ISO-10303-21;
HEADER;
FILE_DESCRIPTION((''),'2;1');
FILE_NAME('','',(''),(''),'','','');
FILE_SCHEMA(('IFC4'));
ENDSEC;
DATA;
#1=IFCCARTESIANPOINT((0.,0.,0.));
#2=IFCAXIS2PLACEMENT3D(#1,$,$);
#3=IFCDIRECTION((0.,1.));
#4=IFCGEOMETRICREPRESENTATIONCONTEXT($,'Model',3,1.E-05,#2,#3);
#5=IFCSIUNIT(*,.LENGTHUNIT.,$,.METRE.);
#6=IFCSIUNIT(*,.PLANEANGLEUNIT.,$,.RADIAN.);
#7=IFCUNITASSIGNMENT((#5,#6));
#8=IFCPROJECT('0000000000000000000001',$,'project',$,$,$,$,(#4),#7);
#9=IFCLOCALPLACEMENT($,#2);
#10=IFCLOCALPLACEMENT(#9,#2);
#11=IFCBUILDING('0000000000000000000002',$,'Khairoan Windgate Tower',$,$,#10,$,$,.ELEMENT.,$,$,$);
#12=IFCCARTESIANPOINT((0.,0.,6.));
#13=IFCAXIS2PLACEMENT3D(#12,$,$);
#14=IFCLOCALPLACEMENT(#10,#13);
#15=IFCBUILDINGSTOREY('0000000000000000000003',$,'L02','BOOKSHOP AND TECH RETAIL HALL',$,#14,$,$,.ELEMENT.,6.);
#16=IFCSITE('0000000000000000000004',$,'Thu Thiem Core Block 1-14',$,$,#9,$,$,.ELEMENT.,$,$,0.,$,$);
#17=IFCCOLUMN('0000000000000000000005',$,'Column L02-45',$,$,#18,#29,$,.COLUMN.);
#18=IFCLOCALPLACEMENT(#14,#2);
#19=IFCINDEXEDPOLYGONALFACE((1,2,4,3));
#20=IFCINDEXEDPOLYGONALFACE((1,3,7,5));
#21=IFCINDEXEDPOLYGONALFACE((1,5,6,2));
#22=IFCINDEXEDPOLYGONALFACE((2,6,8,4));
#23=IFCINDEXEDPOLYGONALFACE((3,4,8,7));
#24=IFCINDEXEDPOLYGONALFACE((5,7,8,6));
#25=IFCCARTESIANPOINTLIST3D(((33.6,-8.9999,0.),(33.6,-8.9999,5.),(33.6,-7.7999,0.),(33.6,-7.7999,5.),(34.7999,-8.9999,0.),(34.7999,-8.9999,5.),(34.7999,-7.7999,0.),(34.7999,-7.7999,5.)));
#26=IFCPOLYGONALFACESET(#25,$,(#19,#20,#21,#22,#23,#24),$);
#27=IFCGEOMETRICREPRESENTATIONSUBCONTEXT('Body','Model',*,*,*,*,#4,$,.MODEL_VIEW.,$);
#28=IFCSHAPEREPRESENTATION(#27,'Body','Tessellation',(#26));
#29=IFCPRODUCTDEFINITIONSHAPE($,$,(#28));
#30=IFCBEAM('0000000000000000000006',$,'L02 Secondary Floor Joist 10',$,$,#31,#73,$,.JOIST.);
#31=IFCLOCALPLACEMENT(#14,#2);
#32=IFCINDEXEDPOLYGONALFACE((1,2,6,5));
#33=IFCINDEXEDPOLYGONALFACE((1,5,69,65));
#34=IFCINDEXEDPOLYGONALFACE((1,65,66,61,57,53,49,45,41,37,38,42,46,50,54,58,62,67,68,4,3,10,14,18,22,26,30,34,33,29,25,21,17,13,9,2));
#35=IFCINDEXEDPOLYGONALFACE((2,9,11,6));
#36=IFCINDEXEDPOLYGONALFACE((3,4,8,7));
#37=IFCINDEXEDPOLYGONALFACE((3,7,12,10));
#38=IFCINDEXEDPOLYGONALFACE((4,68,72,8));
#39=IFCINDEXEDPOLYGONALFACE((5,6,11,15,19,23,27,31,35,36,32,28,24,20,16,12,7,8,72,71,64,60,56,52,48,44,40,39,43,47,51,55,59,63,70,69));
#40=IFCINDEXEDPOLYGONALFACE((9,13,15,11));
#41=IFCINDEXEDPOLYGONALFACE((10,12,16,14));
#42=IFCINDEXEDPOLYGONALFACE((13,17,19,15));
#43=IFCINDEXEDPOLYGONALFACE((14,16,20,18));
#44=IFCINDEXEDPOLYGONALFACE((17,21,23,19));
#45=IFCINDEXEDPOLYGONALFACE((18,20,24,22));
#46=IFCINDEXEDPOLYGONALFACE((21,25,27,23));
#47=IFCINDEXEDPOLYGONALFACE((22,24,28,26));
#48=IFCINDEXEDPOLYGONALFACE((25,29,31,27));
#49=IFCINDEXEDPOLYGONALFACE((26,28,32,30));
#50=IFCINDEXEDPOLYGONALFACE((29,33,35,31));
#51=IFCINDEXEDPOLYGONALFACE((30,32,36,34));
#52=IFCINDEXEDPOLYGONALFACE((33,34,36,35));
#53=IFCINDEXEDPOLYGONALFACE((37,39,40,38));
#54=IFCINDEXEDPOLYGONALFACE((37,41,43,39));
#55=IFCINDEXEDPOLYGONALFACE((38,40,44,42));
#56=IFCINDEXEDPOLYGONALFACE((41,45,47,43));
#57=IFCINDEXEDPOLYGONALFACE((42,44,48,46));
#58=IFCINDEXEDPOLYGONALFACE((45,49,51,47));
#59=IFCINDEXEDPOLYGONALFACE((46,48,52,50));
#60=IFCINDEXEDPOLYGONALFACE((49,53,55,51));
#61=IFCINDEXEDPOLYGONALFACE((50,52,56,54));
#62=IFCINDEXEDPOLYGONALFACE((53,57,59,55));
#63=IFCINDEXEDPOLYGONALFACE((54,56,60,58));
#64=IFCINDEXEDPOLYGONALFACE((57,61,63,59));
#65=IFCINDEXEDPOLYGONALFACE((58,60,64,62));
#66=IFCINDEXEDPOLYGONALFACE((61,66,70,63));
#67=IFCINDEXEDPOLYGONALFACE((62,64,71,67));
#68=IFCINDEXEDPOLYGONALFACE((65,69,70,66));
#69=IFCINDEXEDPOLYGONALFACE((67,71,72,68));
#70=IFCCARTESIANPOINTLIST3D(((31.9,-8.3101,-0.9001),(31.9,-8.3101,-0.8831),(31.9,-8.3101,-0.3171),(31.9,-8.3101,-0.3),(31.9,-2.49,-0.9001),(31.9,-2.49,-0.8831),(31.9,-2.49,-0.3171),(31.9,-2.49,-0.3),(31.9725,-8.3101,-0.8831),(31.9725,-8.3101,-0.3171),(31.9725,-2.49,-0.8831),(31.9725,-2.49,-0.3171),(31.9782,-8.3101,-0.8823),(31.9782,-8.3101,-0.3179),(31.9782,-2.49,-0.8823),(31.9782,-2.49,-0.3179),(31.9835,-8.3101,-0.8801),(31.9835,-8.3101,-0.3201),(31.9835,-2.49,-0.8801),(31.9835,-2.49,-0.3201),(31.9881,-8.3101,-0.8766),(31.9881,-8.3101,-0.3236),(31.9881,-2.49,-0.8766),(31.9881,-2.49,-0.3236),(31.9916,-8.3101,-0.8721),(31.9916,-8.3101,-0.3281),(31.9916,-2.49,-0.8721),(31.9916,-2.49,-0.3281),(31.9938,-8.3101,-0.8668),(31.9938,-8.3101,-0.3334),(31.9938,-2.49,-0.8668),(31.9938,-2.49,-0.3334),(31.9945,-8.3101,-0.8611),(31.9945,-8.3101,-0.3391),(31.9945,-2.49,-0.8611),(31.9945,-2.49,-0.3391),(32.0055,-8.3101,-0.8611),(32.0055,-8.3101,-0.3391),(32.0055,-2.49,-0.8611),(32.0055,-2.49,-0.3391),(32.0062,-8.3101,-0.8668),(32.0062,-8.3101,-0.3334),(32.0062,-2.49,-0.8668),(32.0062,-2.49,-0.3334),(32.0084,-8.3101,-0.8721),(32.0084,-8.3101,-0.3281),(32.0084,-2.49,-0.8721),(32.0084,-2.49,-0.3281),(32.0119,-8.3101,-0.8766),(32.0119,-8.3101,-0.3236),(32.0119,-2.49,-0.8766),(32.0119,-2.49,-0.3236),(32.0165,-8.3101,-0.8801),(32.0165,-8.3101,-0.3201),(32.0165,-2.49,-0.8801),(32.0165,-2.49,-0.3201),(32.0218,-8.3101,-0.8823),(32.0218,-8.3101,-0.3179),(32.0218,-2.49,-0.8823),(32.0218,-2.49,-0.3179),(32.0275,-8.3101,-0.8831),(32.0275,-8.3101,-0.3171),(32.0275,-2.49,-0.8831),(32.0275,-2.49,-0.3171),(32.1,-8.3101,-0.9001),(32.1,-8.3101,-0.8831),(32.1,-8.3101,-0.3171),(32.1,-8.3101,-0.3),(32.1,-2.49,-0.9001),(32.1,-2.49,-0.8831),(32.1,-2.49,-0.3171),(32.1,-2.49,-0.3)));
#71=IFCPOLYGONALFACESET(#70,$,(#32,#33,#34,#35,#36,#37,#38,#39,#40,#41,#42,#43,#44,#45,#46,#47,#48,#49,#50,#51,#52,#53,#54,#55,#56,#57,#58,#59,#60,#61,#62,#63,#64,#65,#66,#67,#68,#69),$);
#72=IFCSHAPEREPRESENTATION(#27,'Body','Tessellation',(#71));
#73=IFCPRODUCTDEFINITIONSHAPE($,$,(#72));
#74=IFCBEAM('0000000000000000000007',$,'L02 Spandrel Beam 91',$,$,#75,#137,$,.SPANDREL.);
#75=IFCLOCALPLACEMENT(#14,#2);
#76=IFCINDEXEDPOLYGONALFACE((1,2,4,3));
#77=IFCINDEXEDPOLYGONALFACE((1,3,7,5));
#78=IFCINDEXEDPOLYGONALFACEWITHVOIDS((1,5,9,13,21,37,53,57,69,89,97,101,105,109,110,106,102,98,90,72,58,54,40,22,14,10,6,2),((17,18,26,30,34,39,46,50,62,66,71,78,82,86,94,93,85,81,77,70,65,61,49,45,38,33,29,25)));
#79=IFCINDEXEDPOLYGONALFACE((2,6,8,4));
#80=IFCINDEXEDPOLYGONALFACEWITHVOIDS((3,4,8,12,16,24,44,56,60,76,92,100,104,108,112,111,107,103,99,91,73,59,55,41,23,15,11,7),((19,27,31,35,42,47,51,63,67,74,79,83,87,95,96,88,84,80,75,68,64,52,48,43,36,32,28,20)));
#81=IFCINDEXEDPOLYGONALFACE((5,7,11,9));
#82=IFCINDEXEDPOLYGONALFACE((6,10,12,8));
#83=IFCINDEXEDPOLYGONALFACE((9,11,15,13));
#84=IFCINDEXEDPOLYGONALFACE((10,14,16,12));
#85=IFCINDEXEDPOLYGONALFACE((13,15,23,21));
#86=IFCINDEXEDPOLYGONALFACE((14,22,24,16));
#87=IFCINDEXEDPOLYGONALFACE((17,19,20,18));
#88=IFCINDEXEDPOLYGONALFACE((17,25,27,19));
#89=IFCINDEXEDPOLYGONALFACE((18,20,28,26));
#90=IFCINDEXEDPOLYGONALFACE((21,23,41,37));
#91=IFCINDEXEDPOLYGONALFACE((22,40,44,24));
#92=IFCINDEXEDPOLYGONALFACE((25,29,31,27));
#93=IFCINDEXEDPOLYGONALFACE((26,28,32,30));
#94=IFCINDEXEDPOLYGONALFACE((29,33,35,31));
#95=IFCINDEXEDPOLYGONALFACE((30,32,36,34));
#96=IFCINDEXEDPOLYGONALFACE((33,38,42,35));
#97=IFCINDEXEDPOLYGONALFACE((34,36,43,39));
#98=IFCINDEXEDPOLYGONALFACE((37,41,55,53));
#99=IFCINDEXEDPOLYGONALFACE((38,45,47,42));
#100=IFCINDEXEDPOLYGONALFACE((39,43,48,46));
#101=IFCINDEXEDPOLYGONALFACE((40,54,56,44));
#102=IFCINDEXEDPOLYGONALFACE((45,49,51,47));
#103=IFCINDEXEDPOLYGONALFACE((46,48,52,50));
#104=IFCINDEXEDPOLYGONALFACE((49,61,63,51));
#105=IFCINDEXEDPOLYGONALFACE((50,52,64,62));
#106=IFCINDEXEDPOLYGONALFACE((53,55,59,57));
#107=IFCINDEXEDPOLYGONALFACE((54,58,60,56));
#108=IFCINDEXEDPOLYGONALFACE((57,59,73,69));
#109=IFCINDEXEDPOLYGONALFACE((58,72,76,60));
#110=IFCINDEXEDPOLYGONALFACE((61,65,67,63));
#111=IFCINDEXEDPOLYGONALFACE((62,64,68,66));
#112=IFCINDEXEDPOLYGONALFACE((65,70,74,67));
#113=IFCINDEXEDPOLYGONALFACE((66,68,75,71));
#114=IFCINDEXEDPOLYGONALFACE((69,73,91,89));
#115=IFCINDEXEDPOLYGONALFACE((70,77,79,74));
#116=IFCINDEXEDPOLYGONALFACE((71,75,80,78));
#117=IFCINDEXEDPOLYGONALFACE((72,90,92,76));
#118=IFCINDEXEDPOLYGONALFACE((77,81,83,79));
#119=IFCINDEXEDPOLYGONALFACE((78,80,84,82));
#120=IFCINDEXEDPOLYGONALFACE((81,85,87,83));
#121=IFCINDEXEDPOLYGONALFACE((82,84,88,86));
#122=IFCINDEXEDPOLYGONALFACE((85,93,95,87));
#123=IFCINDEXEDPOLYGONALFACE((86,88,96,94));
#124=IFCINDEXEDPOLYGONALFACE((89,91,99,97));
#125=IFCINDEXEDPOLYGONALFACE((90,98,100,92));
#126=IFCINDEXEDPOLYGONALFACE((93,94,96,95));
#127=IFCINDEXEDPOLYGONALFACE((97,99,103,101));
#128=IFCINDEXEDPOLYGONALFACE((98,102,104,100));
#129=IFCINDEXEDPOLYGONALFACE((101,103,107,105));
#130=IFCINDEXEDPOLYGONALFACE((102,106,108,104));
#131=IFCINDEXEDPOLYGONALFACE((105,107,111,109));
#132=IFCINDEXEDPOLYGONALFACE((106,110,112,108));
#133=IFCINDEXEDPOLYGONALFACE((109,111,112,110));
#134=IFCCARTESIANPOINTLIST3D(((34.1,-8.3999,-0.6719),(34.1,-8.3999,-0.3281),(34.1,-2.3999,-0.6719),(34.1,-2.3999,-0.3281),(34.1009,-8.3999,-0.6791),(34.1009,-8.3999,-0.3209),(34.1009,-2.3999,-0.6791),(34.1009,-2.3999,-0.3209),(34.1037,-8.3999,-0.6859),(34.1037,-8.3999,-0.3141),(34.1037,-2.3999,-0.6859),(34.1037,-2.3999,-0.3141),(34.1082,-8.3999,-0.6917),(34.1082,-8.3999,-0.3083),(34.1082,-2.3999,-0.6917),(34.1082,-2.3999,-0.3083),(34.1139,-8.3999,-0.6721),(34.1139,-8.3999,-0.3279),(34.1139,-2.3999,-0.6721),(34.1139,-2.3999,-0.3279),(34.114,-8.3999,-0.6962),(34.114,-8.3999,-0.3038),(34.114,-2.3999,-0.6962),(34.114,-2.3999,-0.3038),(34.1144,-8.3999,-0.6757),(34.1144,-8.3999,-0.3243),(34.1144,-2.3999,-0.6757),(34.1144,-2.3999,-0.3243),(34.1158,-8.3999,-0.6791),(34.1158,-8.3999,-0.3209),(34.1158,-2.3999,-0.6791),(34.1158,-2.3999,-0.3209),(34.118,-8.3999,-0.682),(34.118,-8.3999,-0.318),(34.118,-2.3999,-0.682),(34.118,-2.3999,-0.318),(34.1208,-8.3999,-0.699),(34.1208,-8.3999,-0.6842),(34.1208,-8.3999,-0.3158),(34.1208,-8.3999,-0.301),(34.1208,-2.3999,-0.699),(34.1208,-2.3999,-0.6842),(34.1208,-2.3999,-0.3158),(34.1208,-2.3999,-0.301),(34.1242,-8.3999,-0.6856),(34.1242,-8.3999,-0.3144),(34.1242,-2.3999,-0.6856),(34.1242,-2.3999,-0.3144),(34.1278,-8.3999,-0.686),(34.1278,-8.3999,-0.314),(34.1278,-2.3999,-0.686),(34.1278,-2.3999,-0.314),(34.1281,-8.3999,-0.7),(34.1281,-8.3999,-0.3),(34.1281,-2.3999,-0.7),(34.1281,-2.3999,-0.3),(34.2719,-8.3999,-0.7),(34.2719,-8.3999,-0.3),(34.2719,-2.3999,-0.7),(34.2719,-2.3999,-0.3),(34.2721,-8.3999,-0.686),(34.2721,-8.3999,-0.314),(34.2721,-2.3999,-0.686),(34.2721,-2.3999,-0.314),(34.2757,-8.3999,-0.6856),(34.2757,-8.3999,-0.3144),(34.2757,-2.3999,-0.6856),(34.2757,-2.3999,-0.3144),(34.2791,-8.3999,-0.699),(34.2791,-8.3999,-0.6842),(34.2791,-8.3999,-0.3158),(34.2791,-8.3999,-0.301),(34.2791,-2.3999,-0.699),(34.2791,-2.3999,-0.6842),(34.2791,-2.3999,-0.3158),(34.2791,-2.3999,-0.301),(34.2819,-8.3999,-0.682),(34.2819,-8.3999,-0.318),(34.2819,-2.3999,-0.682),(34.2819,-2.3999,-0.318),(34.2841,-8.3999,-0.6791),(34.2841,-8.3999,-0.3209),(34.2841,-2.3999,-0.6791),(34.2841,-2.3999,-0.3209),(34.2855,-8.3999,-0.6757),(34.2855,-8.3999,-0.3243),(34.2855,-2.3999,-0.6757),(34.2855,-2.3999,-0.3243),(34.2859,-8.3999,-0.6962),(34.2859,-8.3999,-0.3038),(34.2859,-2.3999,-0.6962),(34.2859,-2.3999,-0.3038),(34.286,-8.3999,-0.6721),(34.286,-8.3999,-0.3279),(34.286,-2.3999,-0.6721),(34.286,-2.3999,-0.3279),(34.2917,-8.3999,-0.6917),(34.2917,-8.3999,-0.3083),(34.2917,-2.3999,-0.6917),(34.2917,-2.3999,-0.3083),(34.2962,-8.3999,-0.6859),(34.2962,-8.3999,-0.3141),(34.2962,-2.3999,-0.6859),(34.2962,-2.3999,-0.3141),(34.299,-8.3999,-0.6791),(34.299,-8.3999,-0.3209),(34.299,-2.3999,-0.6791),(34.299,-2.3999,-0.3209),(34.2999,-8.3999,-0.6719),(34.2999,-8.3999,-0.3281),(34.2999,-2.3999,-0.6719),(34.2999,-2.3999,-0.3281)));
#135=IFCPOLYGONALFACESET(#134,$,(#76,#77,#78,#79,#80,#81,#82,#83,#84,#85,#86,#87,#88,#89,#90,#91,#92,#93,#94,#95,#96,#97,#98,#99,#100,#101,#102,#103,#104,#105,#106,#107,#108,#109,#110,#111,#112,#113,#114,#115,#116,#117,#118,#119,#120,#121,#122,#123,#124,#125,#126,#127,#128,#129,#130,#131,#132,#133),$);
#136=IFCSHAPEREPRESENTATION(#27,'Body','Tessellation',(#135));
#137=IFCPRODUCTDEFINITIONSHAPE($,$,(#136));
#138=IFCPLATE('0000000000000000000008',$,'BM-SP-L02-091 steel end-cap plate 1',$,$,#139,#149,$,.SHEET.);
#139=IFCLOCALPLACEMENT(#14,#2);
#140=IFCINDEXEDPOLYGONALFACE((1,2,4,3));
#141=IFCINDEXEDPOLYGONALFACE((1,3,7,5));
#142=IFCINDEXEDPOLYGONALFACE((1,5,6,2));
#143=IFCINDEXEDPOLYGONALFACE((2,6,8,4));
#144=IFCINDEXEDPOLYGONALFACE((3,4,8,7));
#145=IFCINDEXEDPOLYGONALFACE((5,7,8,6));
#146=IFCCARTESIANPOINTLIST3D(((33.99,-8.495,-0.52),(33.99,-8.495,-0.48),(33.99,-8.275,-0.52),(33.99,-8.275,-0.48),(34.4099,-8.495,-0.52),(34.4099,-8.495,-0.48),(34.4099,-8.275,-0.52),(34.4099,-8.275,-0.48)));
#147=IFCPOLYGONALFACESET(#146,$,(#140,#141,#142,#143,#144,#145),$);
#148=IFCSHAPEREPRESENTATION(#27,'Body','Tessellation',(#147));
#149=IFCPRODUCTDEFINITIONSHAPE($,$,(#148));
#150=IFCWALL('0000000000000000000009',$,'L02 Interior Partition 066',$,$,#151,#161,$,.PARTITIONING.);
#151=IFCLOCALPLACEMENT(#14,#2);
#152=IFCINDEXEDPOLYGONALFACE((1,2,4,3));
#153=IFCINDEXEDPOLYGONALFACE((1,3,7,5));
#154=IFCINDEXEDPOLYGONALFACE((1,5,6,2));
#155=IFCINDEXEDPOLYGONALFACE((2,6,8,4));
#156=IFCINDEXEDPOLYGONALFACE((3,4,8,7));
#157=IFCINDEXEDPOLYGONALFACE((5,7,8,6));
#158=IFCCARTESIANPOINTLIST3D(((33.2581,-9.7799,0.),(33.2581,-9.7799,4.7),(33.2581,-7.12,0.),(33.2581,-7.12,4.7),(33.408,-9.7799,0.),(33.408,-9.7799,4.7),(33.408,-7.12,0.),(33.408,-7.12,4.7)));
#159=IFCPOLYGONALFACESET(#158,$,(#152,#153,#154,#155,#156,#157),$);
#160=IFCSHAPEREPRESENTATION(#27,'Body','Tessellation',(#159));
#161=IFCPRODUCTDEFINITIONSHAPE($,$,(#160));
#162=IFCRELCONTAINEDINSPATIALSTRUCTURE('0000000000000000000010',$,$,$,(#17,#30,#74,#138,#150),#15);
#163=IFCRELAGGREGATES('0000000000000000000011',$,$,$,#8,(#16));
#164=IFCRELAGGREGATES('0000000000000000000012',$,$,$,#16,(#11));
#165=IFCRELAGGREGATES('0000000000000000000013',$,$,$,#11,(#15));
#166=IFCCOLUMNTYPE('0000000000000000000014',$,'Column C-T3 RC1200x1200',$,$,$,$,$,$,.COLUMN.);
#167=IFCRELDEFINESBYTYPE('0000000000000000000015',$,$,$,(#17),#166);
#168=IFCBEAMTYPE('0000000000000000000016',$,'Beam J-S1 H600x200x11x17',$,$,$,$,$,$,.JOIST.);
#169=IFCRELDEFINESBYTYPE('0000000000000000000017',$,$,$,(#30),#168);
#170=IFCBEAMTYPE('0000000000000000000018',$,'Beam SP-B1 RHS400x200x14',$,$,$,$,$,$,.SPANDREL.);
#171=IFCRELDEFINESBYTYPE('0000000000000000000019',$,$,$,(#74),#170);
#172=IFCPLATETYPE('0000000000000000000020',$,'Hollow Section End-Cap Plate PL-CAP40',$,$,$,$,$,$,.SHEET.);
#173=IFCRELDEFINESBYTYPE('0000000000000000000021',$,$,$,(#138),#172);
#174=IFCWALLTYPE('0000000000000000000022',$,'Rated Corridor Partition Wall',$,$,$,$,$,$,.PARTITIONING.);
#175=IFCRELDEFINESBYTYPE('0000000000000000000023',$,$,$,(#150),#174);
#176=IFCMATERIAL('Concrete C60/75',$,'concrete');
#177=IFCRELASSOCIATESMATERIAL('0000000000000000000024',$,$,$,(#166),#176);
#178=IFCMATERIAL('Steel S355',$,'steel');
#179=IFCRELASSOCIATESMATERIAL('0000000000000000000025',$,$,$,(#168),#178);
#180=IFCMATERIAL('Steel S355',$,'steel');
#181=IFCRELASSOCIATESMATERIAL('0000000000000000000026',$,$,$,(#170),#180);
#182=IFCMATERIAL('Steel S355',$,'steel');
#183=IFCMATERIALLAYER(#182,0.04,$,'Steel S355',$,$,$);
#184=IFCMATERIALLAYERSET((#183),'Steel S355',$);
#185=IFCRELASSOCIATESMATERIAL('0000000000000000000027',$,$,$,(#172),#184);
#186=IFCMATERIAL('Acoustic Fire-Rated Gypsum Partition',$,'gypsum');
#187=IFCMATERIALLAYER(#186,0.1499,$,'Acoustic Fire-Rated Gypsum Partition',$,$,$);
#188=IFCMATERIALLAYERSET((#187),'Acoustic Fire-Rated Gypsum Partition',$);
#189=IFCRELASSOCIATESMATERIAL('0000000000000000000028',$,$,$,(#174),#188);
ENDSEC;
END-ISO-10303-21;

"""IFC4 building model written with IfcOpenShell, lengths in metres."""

from ifc_helpers import new_model, si_unit, direction, frame, frame_2d, origin, origin_2d, place, context, subcontext, project, spatial, rectangle, hollow_rectangle, i_section, extrude, material, layer, layer_set, material_profile, profile_set, type_object, element, save


model = new_model("IFC4")

# Units and contexts
model_context = context("Model", 3, precision=1e-05, world=origin(), true_north=direction((0.0, 1.0)))
body_context = subcontext(model_context, "Body", "Model", "MODEL_VIEW")
ifc_project = project(units=[si_unit("LENGTHUNIT", "METRE"), si_unit("PLANEANGLEUNIT", "RADIAN")], contexts=[model_context])

# Site, building, storey
site_placement = place(None, origin())
site = spatial("IfcSite", under=ifc_project, at=site_placement, Name="Thu Thiem Core Block 1-14", CompositionType="ELEMENT", RefElevation=0.0)
building_placement = place(site_placement, origin())
building = spatial("IfcBuilding", under=site, at=building_placement, Name="Khairoan Windgate Tower", CompositionType="ELEMENT")
storey_placement = place(building_placement, frame((0.0, 0.0, 6.0)))
storey = spatial("IfcBuildingStorey", under=building, at=storey_placement, Name="L02", Description="BOOKSHOP AND TECH RETAIL HALL", CompositionType="ELEMENT", Elevation=6.0)

# Column
ifc_material_1 = material(Name="Concrete C60/75", Category="concrete")
ifc_material_profile_1 = material_profile(ifc_material_1, rectangle(XDim=1.2, YDim=1.2, at=origin_2d()))
ifc_profile_set_1 = profile_set([ifc_material_profile_1], Name="Concrete C60/75")
column_type = type_object("IfcColumnType", Name="Column C-T3 RC1200x1200", PredefinedType="COLUMN", material=ifc_profile_set_1)
column_placement = place(storey_placement, frame((34.2, -8.3999, 0.0), z_axis=(0.0, 0.0, 1.0), x_axis=(1.0, 0.0, 0.0)))
element("IfcColumn", 1, at=column_placement, inside=storey, type_object=column_type, Name="Column L02-45", PredefinedType="COLUMN", context=body_context, shape_type="SweptSolid", body=[
    extrude(rectangle(XDim=1.2, YDim=1.2, at=origin_2d()), origin(), (0.0, 0.0, 1.0), 5.0),
])

# Beams
ifc_material_2 = material(Name="Steel S355", Category="steel")
ifc_material_profile_2 = material_profile(ifc_material_2, i_section(OverallWidth=0.2, OverallDepth=0.6001, WebThickness=0.011, FlangeThickness=0.0171, FilletRadius=0.022, at=origin_2d()))
ifc_profile_set_2 = profile_set([ifc_material_profile_2], Name="Steel S355")
beam_type_1 = type_object("IfcBeamType", Name="Beam J-S1 H600x200x11x17", PredefinedType="JOIST", material=ifc_profile_set_2)
beam_1_placement = place(storey_placement, frame((32.0, -8.3101, -0.6001), z_axis=(0.0, 1.0, 0.0), x_axis=(-1.0, 0.0, 0.0)))
element("IfcBeam", 2, at=beam_1_placement, inside=storey, type_object=beam_type_1, Name="L02 Secondary Floor Joist 10", PredefinedType="JOIST", context=body_context, shape_type="SweptSolid", body=[
    extrude(i_section(OverallWidth=0.2, OverallDepth=0.6001, WebThickness=0.011, FlangeThickness=0.0171, FilletRadius=0.022, at=origin_2d()), origin(), (0.0, 0.0, 1.0), 5.8201),
])
ifc_material_3 = material(Name="Steel S355", Category="steel")
ifc_material_profile_3 = material_profile(ifc_material_3, hollow_rectangle(XDim=0.2, YDim=0.3999, WallThickness=0.0139, InnerFilletRadius=0.0139, OuterFilletRadius=0.0281, at=origin_2d()))
ifc_profile_set_3 = profile_set([ifc_material_profile_3], Name="Steel S355")
beam_type_2 = type_object("IfcBeamType", Name="Beam SP-B1 RHS400x200x14", PredefinedType="SPANDREL", material=ifc_profile_set_3)
beam_2_placement = place(storey_placement, frame((34.2, -8.3999, -0.5), z_axis=(0.0, 1.0, 0.0), x_axis=(-1.0, 0.0, 0.0)))
element("IfcBeam", 3, at=beam_2_placement, inside=storey, type_object=beam_type_2, Name="L02 Spandrel Beam 91", PredefinedType="SPANDREL", context=body_context, shape_type="SweptSolid", body=[
    extrude(hollow_rectangle(XDim=0.2, YDim=0.3999, WallThickness=0.0139, InnerFilletRadius=0.0139, OuterFilletRadius=0.0281, at=origin_2d()), origin(), (0.0, 0.0, 1.0), 6.0),
])

# Plate
ifc_material_4 = material(Name="Steel S355", Category="steel")
ifc_layer_1 = layer(ifc_material_4, 0.04, Name="Steel S355")
ifc_layer_set_1 = layer_set([ifc_layer_1], Name="Steel S355")
plate_type = type_object("IfcPlateType", Name="Hollow Section End-Cap Plate PL-CAP40", PredefinedType="SHEET", material=ifc_layer_set_1)
plate_placement = place(storey_placement, frame((34.2, -8.385, -0.52), z_axis=(0.0, 0.0, 1.0), x_axis=(0.0, 1.0, 0.0)))
element("IfcPlate", 4, at=plate_placement, inside=storey, type_object=plate_type, Name="BM-SP-L02-091 steel end-cap plate 1", PredefinedType="SHEET", context=body_context, shape_type="SweptSolid", body=[
    extrude(rectangle(XDim=0.22, YDim=0.4199, at=origin_2d()), origin(), (0.0, 0.0, 1.0), 0.04),
])

# Wall
ifc_material_5 = material(Name="Acoustic Fire-Rated Gypsum Partition", Category="gypsum")
ifc_layer_2 = layer(ifc_material_5, 0.1499, Name="Acoustic Fire-Rated Gypsum Partition")
ifc_layer_set_2 = layer_set([ifc_layer_2], Name="Acoustic Fire-Rated Gypsum Partition")
wall_type_1 = type_object("IfcWallType", Name="Rated Corridor Partition Wall", PredefinedType="PARTITIONING", material=ifc_layer_set_2)
wall_1_placement = place(storey_placement, frame((33.333, -9.78, 0.0), z_axis=(0.0, 0.0, 1.0), x_axis=(0.0, 1.0, 0.0)))
element("IfcWall", 5, at=wall_1_placement, inside=storey, type_object=wall_type_1, Name="L02 Interior Partition 066", PredefinedType="PARTITIONING", context=body_context, shape_type="SweptSolid", body=[
    extrude(rectangle(XDim=2.6599, YDim=0.1499, at=frame_2d((1.3301, 0.0))), origin(), (0.0, 0.0, 1.0), 4.7),
])

save(model, "model.ifc")
